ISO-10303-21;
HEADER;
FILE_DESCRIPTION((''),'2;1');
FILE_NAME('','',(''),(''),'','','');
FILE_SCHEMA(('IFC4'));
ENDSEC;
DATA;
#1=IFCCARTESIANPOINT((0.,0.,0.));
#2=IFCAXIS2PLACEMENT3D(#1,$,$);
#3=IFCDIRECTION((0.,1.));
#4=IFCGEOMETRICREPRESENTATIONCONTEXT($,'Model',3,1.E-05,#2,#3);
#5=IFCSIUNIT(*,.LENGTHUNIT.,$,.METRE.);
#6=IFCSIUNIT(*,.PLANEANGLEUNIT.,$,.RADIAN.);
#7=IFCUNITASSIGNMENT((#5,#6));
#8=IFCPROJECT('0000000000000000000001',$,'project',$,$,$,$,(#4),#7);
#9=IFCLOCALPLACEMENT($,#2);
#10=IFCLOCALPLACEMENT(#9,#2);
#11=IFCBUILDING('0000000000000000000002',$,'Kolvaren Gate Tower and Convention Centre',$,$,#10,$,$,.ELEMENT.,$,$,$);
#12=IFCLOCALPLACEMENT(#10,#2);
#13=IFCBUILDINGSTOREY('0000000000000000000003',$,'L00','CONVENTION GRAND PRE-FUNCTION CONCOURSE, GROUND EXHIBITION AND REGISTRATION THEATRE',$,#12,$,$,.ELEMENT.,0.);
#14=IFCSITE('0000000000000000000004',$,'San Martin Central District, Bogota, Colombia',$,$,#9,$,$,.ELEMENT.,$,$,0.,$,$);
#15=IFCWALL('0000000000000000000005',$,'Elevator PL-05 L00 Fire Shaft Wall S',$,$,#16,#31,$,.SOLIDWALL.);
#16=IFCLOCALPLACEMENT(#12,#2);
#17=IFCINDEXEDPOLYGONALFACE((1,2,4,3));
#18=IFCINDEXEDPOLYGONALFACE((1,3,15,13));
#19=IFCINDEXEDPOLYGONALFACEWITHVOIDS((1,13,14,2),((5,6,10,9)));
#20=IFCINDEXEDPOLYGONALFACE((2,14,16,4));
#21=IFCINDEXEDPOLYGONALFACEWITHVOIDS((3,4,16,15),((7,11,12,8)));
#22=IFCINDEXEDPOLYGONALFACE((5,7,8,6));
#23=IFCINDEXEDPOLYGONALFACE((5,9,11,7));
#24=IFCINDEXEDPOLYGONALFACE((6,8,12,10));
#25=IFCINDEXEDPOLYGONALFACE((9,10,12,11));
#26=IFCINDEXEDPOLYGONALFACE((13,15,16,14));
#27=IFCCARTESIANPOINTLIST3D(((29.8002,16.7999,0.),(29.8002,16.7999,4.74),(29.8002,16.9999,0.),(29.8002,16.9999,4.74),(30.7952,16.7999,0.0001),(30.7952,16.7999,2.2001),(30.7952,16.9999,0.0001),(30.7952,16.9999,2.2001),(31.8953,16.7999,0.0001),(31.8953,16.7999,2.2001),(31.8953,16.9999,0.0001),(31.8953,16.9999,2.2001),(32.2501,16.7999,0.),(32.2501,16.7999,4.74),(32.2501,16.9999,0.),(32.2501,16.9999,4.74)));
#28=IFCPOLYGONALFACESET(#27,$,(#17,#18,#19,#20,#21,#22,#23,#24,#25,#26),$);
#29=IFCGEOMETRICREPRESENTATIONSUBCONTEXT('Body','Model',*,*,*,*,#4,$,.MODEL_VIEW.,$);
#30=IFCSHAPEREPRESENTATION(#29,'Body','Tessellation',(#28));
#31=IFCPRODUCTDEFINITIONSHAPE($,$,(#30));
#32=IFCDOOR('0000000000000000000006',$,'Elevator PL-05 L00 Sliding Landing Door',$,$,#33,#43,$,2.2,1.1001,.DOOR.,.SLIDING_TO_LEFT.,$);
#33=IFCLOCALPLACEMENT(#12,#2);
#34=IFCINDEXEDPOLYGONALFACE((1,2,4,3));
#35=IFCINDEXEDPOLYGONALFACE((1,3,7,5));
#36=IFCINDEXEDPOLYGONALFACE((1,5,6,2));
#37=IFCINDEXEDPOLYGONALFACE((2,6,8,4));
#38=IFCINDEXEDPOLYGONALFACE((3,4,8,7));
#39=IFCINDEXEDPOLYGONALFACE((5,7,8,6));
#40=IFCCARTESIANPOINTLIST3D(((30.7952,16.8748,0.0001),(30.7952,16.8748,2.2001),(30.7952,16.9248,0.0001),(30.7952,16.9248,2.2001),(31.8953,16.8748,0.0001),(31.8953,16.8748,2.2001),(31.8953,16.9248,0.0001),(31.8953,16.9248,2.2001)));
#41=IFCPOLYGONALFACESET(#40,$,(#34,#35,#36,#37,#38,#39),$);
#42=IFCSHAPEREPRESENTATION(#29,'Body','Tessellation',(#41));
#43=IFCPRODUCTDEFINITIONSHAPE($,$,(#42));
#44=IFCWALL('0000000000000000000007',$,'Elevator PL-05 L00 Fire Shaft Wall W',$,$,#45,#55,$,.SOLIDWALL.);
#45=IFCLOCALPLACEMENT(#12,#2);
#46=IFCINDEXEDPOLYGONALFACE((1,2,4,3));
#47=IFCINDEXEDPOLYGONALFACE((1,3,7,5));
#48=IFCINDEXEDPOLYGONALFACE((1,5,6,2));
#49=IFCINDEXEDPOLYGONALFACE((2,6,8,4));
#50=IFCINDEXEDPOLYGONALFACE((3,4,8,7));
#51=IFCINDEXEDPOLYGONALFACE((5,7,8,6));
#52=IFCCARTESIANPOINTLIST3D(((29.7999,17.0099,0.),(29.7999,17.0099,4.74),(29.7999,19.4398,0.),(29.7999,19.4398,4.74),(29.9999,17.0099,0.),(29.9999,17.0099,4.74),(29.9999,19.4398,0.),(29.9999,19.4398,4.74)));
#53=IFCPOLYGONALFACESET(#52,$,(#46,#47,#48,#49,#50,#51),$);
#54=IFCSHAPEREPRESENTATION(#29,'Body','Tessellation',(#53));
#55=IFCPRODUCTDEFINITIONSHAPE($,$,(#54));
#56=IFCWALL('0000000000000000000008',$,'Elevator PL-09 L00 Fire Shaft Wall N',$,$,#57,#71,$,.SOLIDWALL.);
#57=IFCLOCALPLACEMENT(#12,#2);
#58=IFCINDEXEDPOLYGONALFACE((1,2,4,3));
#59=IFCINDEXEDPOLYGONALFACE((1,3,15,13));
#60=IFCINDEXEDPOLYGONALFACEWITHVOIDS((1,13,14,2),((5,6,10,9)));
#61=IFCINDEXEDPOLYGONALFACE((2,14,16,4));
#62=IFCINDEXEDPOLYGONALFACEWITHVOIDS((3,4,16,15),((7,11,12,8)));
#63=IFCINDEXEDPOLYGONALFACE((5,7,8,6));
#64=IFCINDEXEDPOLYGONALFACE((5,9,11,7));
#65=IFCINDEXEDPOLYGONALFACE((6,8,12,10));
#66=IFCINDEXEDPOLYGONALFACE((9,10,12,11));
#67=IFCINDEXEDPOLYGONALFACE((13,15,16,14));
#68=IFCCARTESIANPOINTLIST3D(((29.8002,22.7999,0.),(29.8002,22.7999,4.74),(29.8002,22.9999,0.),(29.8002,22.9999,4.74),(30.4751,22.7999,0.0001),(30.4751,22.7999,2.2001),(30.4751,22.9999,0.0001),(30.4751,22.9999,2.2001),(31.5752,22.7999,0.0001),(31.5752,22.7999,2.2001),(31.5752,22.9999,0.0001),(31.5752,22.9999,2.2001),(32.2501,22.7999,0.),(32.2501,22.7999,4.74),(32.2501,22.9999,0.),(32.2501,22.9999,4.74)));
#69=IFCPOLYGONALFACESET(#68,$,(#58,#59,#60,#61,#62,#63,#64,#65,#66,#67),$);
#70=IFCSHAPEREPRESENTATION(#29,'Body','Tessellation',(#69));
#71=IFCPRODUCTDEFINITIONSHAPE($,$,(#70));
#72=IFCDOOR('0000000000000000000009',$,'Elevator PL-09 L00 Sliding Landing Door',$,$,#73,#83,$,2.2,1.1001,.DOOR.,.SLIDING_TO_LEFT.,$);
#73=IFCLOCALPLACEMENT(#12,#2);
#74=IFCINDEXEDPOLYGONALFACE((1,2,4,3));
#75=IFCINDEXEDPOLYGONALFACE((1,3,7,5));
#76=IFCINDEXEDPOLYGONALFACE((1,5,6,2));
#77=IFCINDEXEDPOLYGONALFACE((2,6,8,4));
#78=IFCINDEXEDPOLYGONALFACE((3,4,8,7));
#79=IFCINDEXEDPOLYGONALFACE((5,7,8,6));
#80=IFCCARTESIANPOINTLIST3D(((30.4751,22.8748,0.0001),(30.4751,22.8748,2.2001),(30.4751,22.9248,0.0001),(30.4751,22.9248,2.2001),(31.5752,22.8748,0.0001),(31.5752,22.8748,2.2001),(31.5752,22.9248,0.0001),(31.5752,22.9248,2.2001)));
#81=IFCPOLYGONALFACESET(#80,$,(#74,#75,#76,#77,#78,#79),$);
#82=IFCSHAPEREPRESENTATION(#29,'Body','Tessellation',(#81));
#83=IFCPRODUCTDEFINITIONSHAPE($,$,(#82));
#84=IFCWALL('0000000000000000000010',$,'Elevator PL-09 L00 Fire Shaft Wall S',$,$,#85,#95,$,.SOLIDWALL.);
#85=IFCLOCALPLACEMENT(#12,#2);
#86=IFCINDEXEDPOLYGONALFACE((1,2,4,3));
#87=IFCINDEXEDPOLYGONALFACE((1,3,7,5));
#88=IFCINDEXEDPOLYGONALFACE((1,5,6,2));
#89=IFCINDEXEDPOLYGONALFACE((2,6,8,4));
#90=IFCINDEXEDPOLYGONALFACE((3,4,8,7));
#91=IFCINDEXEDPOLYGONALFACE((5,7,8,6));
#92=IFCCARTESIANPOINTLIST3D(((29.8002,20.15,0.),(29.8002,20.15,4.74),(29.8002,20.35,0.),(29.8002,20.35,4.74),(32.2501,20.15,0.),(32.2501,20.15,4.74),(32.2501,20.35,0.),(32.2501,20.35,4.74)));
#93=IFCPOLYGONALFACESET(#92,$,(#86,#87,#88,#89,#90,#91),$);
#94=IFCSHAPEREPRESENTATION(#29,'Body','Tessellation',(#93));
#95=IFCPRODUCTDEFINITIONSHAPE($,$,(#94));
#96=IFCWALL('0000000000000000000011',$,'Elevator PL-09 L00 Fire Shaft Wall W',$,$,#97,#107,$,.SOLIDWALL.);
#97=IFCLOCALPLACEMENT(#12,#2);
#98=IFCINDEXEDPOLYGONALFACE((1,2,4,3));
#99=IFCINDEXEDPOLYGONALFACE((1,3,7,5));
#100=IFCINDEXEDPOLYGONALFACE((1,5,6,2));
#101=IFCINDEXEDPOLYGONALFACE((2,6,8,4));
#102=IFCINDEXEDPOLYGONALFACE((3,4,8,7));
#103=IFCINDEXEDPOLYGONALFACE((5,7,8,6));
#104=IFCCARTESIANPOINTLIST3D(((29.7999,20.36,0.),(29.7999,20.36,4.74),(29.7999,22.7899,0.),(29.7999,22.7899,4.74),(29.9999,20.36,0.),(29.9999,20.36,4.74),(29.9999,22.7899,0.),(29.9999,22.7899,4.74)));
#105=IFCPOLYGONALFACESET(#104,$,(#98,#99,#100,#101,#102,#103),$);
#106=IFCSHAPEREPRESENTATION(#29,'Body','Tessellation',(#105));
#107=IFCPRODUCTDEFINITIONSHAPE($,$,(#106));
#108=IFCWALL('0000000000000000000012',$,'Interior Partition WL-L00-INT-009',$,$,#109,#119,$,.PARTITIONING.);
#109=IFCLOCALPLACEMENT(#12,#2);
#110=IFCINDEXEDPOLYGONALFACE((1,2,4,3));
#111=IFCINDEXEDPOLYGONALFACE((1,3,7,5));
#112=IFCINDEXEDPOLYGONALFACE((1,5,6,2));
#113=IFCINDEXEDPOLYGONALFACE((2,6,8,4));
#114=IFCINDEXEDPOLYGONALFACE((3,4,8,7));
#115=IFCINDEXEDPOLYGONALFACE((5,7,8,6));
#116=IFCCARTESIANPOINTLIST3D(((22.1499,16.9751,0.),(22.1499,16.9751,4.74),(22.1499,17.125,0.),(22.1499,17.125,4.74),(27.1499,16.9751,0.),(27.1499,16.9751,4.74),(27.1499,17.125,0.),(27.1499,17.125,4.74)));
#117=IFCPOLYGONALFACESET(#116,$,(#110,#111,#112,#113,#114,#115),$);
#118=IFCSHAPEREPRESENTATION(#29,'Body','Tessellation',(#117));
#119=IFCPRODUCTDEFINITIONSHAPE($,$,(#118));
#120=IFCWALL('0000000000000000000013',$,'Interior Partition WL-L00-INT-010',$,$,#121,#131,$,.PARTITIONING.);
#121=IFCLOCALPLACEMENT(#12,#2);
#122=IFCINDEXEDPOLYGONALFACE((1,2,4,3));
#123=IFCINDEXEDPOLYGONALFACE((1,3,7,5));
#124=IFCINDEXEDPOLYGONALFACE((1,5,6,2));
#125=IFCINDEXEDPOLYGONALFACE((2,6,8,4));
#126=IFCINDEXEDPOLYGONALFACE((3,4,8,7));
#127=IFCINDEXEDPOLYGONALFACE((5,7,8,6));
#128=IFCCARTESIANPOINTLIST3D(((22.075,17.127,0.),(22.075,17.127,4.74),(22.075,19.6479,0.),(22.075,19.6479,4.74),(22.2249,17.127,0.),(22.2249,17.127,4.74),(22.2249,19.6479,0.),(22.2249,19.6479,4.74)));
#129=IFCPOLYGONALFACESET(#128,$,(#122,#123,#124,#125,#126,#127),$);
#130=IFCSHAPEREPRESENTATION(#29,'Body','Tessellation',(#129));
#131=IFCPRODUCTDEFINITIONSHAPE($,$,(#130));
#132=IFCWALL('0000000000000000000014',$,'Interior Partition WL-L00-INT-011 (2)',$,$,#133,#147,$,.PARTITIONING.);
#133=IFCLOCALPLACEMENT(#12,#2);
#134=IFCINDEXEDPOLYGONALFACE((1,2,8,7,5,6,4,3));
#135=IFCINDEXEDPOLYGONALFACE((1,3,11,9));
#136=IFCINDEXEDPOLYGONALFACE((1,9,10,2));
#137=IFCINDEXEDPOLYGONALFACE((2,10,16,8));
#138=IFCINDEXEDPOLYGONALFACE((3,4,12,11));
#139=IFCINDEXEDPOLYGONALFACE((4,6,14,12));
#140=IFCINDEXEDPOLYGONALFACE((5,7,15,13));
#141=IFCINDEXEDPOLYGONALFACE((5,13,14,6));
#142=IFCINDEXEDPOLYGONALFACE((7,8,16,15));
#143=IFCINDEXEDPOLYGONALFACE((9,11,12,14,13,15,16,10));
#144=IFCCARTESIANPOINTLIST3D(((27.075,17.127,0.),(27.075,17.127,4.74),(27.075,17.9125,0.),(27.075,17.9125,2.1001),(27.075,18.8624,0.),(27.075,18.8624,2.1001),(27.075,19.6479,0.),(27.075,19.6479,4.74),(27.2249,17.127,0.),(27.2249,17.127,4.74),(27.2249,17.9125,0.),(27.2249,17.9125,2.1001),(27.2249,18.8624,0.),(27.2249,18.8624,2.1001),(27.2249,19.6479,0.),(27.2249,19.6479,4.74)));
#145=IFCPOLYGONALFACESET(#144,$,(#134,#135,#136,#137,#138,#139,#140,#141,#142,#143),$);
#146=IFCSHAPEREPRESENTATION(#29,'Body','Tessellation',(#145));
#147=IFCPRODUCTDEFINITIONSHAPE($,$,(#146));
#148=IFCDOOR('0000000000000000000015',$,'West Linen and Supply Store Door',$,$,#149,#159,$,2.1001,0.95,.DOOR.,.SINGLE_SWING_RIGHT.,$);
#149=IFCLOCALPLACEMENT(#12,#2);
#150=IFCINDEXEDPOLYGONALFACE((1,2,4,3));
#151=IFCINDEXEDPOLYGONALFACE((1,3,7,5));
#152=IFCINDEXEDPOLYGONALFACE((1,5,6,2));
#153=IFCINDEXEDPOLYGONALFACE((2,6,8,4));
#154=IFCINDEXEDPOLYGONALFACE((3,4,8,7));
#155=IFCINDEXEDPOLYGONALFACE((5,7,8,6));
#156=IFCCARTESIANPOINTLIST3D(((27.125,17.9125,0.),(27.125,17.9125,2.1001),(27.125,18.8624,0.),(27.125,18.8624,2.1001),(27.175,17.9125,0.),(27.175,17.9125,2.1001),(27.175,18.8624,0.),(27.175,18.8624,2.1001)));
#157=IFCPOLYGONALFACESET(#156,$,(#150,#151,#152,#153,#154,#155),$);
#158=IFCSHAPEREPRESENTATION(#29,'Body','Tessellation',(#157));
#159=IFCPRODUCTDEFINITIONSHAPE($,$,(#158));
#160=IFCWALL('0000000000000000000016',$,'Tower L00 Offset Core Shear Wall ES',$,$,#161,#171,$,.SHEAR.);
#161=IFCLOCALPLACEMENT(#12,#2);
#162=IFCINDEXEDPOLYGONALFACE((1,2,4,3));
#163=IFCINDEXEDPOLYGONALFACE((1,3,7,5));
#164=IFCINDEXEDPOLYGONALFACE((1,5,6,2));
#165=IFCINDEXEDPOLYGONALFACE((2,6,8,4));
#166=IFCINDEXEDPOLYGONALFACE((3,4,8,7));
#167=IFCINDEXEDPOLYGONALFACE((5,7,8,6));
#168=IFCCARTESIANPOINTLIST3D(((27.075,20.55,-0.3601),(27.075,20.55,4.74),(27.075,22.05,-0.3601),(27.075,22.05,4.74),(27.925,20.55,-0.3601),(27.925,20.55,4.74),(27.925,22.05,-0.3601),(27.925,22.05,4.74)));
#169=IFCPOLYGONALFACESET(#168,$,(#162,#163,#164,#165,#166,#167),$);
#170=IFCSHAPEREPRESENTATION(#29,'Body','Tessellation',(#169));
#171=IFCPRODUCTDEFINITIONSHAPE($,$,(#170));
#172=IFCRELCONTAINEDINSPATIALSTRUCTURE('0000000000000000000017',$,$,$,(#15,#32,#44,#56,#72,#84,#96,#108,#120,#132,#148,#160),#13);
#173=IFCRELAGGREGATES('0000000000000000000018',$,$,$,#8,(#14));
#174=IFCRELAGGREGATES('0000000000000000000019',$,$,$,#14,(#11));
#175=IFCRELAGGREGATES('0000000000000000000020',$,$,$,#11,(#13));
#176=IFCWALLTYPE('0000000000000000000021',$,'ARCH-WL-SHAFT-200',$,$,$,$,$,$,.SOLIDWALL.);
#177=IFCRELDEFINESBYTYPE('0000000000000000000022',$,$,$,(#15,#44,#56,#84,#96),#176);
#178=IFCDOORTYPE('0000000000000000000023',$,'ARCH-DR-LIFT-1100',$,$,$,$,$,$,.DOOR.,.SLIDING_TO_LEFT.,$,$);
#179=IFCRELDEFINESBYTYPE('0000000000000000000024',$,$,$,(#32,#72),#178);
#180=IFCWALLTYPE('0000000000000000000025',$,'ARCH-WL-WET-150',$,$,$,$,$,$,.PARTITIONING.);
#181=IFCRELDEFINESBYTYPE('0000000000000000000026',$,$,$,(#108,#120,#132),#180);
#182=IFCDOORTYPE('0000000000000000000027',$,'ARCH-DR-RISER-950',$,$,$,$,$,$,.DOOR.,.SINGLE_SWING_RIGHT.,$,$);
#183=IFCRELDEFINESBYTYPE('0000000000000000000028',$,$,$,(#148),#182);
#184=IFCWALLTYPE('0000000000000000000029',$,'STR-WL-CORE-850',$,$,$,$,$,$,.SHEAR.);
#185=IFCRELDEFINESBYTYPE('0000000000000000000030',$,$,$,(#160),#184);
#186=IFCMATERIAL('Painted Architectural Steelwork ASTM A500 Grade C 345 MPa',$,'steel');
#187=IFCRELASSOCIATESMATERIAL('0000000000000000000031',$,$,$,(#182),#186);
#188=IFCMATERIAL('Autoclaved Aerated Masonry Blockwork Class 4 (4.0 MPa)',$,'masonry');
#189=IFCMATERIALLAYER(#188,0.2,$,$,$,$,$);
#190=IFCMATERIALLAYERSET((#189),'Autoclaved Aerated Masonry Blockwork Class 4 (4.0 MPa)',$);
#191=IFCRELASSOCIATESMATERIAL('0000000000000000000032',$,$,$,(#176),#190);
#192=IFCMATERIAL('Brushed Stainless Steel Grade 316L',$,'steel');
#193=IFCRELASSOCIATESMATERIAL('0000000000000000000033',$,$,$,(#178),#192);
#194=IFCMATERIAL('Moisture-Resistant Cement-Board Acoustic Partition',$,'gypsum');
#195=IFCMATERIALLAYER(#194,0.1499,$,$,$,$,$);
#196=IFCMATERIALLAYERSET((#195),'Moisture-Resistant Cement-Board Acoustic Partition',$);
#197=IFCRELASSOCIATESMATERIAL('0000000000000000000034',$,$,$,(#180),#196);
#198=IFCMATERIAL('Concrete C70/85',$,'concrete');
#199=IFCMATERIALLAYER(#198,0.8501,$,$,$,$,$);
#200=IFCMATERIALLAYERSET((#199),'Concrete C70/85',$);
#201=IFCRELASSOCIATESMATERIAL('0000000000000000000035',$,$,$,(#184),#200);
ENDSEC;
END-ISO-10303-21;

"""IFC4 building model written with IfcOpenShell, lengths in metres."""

from ifc_helpers import new_model, si_unit, direction, frame, frame_2d, origin, place, context, subcontext, project, spatial, rectangle, extrude, material, layer, layer_set, type_object, element, fill, save


model = new_model("IFC4")

# Units and contexts
model_context = context("Model", 3, precision=1e-05, world=origin(), true_north=direction((0.0, 1.0)))
body_context = subcontext(model_context, "Body", "Model", "MODEL_VIEW")
ifc_project = project(units=[si_unit("LENGTHUNIT", "METRE"), si_unit("PLANEANGLEUNIT", "RADIAN")], contexts=[model_context])

# Site, building, storey
site_placement = place(None, origin())
site = spatial("IfcSite", under=ifc_project, at=site_placement, Name="San Martin Central District, Bogota, Colombia", CompositionType="ELEMENT", RefElevation=0.0)
building_placement = place(site_placement, origin())
building = spatial("IfcBuilding", under=site, at=building_placement, Name="Kolvaren Gate Tower and Convention Centre", CompositionType="ELEMENT")
storey_placement = place(building_placement, origin())
storey = spatial("IfcBuildingStorey", under=building, at=storey_placement, Name="L00", Description="CONVENTION GRAND PRE-FUNCTION CONCOURSE, GROUND EXHIBITION AND REGISTRATION THEATRE", CompositionType="ELEMENT", Elevation=0.0)

# Shared definitions
ifc_material_1 = material(Name="Autoclaved Aerated Masonry Blockwork Class 4 (4.0 MPa)", Category="masonry")

# Shared definitions
ifc_material_2 = material(Name="Painted Architectural Steelwork ASTM A500 Grade C 345 MPa", Category="steel")
door_type_1 = type_object("IfcDoorType", Name="ARCH-DR-RISER-950", OperationType="SINGLE_SWING_RIGHT", PredefinedType="DOOR", material=ifc_material_2)

# Shared definitions
ifc_layer_1 = layer(ifc_material_1, 0.2)
ifc_layer_set_1 = layer_set([ifc_layer_1], Name="Autoclaved Aerated Masonry Blockwork Class 4 (4.0 MPa)")
wall_type_1 = type_object("IfcWallType", Name="ARCH-WL-SHAFT-200", PredefinedType="SOLIDWALL", material=ifc_layer_set_1)

# Wall, opening, door
wall_1_placement = place(storey_placement, frame((29.8, 16.8999, 0.0), z_axis=(0.0, 0.0, 1.0), x_axis=(1.0, 0.0, 0.0)))
wall_1 = element("IfcWall", 1, at=wall_1_placement, inside=storey, type_object=wall_type_1, Name="Elevator PL-05 L00 Fire Shaft Wall S", PredefinedType="SOLIDWALL", context=body_context, shape_type="SweptSolid", body=[
    extrude(rectangle(XDim=2.45, YDim=0.2, at=frame_2d((1.2251, 0.0))), origin(), (0.0, 0.0, 1.0), 4.74),
])
opening_1_placement = place(wall_1_placement, frame((0.9951, 0.0, 0.0)))
opening_1 = element("IfcOpeningElement", 2, at=opening_1_placement, cuts=wall_1, PredefinedType="OPENING", context=body_context, shape_type="SweptSolid", body=[
    extrude(rectangle(XDim=1.1001, YDim=2.2, at=frame_2d((0.55, 1.1001))), frame((0.0, 0.1099, 0.0), z_axis=(0.0, -1.0, 0.0), x_axis=(1.0, 0.0, 0.0)), (0.0, 0.0, 1.0), 0.22),
])
ifc_material_3 = material(Name="Brushed Stainless Steel Grade 316L", Category="steel")
door_type_2 = type_object("IfcDoorType", Name="ARCH-DR-LIFT-1100", OperationType="SLIDING_TO_LEFT", PredefinedType="DOOR", material=ifc_material_3)
door_1_placement = place(opening_1_placement, origin())
door_1 = element("IfcDoor", 3, at=door_1_placement, inside=storey, type_object=door_type_2, Name="Elevator PL-05 L00 Sliding Landing Door", OperationType="SLIDING_TO_LEFT", OverallHeight=2.2, OverallWidth=1.1001, PredefinedType="DOOR", context=body_context, shape_type="SweptSolid", body=[
    extrude(rectangle(XDim=1.1001, YDim=2.2, at=frame_2d((0.55, 1.1001))), frame((0.0, 0.0249, 0.0), z_axis=(0.0, -1.0, 0.0), x_axis=(1.0, 0.0, 0.0)), (0.0, 0.0, 1.0), 0.05),
])
fill(opening_1, door_1)

# Wall
wall_2_placement = place(storey_placement, frame((29.8999, 17.01, 0.0), z_axis=(0.0, 0.0, 1.0), x_axis=(0.0, 1.0, 0.0)))
element("IfcWall", 4, at=wall_2_placement, inside=storey, type_object=wall_type_1, Name="Elevator PL-05 L00 Fire Shaft Wall W", PredefinedType="SOLIDWALL", context=body_context, shape_type="SweptSolid", body=[
    extrude(rectangle(XDim=2.4299, YDim=0.2, at=frame_2d((1.2148, 0.0))), origin(), (0.0, 0.0, 1.0), 4.74),
])

# Wall, opening, door
wall_3_placement = place(storey_placement, frame((29.8, 22.8999, 0.0), z_axis=(0.0, 0.0, 1.0), x_axis=(1.0, 0.0, 0.0)))
wall_3 = element("IfcWall", 5, at=wall_3_placement, inside=storey, type_object=wall_type_1, Name="Elevator PL-09 L00 Fire Shaft Wall N", PredefinedType="SOLIDWALL", context=body_context, shape_type="SweptSolid", body=[
    extrude(rectangle(XDim=2.45, YDim=0.2, at=frame_2d((1.2251, 0.0))), origin(), (0.0, 0.0, 1.0), 4.74),
])
opening_2_placement = place(wall_3_placement, frame((0.675, 0.0, 0.0)))
opening_2 = element("IfcOpeningElement", 6, at=opening_2_placement, cuts=wall_3, PredefinedType="OPENING", context=body_context, shape_type="SweptSolid", body=[
    extrude(rectangle(XDim=1.1001, YDim=2.2, at=frame_2d((0.55, 1.1001))), frame((0.0, 0.1099, 0.0), z_axis=(0.0, -1.0, 0.0), x_axis=(1.0, 0.0, 0.0)), (0.0, 0.0, 1.0), 0.22),
])
door_2_placement = place(opening_2_placement, origin())
door_2 = element("IfcDoor", 7, at=door_2_placement, inside=storey, type_object=door_type_2, Name="Elevator PL-09 L00 Sliding Landing Door", OperationType="SLIDING_TO_LEFT", OverallHeight=2.2, OverallWidth=1.1001, PredefinedType="DOOR", context=body_context, shape_type="SweptSolid", body=[
    extrude(rectangle(XDim=1.1001, YDim=2.2, at=frame_2d((0.55, 1.1001))), frame((0.0, 0.0249, 0.0), z_axis=(0.0, -1.0, 0.0), x_axis=(1.0, 0.0, 0.0)), (0.0, 0.0, 1.0), 0.05),
])
fill(opening_2, door_2)

# Walls
wall_4_placement = place(storey_placement, frame((29.8, 20.25, 0.0), z_axis=(0.0, 0.0, 1.0), x_axis=(1.0, 0.0, 0.0)))
element("IfcWall", 8, at=wall_4_placement, inside=storey, type_object=wall_type_1, Name="Elevator PL-09 L00 Fire Shaft Wall S", PredefinedType="SOLIDWALL", context=body_context, shape_type="SweptSolid", body=[
    extrude(rectangle(XDim=2.45, YDim=0.2, at=frame_2d((1.2251, 0.0))), origin(), (0.0, 0.0, 1.0), 4.74),
])
wall_5_placement = place(storey_placement, frame((29.8999, 20.3601, 0.0), z_axis=(0.0, 0.0, 1.0), x_axis=(0.0, 1.0, 0.0)))
element("IfcWall", 9, at=wall_5_placement, inside=storey, type_object=wall_type_1, Name="Elevator PL-09 L00 Fire Shaft Wall W", PredefinedType="SOLIDWALL", context=body_context, shape_type="SweptSolid", body=[
    extrude(rectangle(XDim=2.4299, YDim=0.2, at=frame_2d((1.2148, 0.0))), origin(), (0.0, 0.0, 1.0), 4.74),
])
ifc_material_4 = material(Name="Moisture-Resistant Cement-Board Acoustic Partition", Category="gypsum")
ifc_layer_2 = layer(ifc_material_4, 0.1499)
ifc_layer_set_2 = layer_set([ifc_layer_2], Name="Moisture-Resistant Cement-Board Acoustic Partition")
wall_type_2 = type_object("IfcWallType", Name="ARCH-WL-WET-150", PredefinedType="PARTITIONING", material=ifc_layer_set_2)
wall_6_placement = place(storey_placement, frame((22.1499, 17.05, 0.0), z_axis=(0.0, 0.0, 1.0), x_axis=(1.0, 0.0, 0.0)))
element("IfcWall", 10, at=wall_6_placement, inside=storey, type_object=wall_type_2, Name="Interior Partition WL-L00-INT-009", PredefinedType="PARTITIONING", context=body_context, shape_type="SweptSolid", body=[
    extrude(rectangle(XDim=5.0, YDim=0.1499, at=frame_2d((2.5, 0.0))), origin(), (0.0, 0.0, 1.0), 4.74),
])
wall_7_placement = place(storey_placement, frame((22.1499, 17.127, 0.0), z_axis=(0.0, 0.0, 1.0), x_axis=(0.0, 1.0, 0.0)))
element("IfcWall", 11, at=wall_7_placement, inside=storey, type_object=wall_type_2, Name="Interior Partition WL-L00-INT-010", PredefinedType="PARTITIONING", context=body_context, shape_type="SweptSolid", body=[
    extrude(rectangle(XDim=2.521, YDim=0.1499, at=frame_2d((1.2605, 0.0))), origin(), (0.0, 0.0, 1.0), 4.74),
])

# Wall, opening, door
wall_8_placement = place(storey_placement, frame((27.1499, 17.127, 0.0), z_axis=(0.0, 0.0, 1.0), x_axis=(0.0, 1.0, 0.0)))
wall_8 = element("IfcWall", 12, at=wall_8_placement, inside=storey, type_object=wall_type_2, Name="Interior Partition WL-L00-INT-011 (2)", PredefinedType="PARTITIONING", context=body_context, shape_type="SweptSolid", body=[
    extrude(rectangle(XDim=2.521, YDim=0.1499, at=frame_2d((1.2605, 0.0))), origin(), (0.0, 0.0, 1.0), 4.74),
])
opening_3_placement = place(wall_8_placement, frame((0.7854, 0.0, 0.0)))
opening_3 = element("IfcOpeningElement", 13, at=opening_3_placement, cuts=wall_8, PredefinedType="OPENING", context=body_context, shape_type="SweptSolid", body=[
    extrude(rectangle(XDim=0.95, YDim=2.1001, at=frame_2d((0.4751, 1.05))), frame((0.0, 0.085, 0.0), z_axis=(0.0, -1.0, 0.0), x_axis=(1.0, 0.0, 0.0)), (0.0, 0.0, 1.0), 0.1699),
])
door_3_placement = place(opening_3_placement, origin())
door_3 = element("IfcDoor", 14, at=door_3_placement, inside=storey, type_object=door_type_1, Name="West Linen and Supply Store Door", OperationType="SINGLE_SWING_RIGHT", OverallHeight=2.1001, OverallWidth=0.95, PredefinedType="DOOR", context=body_context, shape_type="SweptSolid", body=[
    extrude(rectangle(XDim=0.95, YDim=2.1001, at=frame_2d((0.4751, 1.05))), frame((0.0, 0.0249, 0.0), z_axis=(0.0, -1.0, 0.0), x_axis=(1.0, 0.0, 0.0)), (0.0, 0.0, 1.0), 0.05),
])
fill(opening_3, door_3)

# Wall
ifc_material_5 = material(Name="Concrete C70/85", Category="concrete")
ifc_layer_3 = layer(ifc_material_5, 0.8501)
ifc_layer_set_3 = layer_set([ifc_layer_3], Name="Concrete C70/85")
wall_type_3 = type_object("IfcWallType", Name="STR-WL-CORE-850", PredefinedType="SHEAR", material=ifc_layer_set_3)
wall_9_placement = place(storey_placement, frame((27.5, 20.55, -0.3601), z_axis=(0.0, 0.0, 1.0), x_axis=(0.0, 1.0, 0.0)))
element("IfcWall", 15, at=wall_9_placement, inside=storey, type_object=wall_type_3, Name="Tower L00 Offset Core Shear Wall ES", PredefinedType="SHEAR", context=body_context, shape_type="SweptSolid", body=[
    extrude(rectangle(XDim=1.5, YDim=0.8501, at=frame_2d((0.75, 0.0))), origin(), (0.0, 0.0, 1.0), 5.1001),
])

save(model, "model.ifc")
